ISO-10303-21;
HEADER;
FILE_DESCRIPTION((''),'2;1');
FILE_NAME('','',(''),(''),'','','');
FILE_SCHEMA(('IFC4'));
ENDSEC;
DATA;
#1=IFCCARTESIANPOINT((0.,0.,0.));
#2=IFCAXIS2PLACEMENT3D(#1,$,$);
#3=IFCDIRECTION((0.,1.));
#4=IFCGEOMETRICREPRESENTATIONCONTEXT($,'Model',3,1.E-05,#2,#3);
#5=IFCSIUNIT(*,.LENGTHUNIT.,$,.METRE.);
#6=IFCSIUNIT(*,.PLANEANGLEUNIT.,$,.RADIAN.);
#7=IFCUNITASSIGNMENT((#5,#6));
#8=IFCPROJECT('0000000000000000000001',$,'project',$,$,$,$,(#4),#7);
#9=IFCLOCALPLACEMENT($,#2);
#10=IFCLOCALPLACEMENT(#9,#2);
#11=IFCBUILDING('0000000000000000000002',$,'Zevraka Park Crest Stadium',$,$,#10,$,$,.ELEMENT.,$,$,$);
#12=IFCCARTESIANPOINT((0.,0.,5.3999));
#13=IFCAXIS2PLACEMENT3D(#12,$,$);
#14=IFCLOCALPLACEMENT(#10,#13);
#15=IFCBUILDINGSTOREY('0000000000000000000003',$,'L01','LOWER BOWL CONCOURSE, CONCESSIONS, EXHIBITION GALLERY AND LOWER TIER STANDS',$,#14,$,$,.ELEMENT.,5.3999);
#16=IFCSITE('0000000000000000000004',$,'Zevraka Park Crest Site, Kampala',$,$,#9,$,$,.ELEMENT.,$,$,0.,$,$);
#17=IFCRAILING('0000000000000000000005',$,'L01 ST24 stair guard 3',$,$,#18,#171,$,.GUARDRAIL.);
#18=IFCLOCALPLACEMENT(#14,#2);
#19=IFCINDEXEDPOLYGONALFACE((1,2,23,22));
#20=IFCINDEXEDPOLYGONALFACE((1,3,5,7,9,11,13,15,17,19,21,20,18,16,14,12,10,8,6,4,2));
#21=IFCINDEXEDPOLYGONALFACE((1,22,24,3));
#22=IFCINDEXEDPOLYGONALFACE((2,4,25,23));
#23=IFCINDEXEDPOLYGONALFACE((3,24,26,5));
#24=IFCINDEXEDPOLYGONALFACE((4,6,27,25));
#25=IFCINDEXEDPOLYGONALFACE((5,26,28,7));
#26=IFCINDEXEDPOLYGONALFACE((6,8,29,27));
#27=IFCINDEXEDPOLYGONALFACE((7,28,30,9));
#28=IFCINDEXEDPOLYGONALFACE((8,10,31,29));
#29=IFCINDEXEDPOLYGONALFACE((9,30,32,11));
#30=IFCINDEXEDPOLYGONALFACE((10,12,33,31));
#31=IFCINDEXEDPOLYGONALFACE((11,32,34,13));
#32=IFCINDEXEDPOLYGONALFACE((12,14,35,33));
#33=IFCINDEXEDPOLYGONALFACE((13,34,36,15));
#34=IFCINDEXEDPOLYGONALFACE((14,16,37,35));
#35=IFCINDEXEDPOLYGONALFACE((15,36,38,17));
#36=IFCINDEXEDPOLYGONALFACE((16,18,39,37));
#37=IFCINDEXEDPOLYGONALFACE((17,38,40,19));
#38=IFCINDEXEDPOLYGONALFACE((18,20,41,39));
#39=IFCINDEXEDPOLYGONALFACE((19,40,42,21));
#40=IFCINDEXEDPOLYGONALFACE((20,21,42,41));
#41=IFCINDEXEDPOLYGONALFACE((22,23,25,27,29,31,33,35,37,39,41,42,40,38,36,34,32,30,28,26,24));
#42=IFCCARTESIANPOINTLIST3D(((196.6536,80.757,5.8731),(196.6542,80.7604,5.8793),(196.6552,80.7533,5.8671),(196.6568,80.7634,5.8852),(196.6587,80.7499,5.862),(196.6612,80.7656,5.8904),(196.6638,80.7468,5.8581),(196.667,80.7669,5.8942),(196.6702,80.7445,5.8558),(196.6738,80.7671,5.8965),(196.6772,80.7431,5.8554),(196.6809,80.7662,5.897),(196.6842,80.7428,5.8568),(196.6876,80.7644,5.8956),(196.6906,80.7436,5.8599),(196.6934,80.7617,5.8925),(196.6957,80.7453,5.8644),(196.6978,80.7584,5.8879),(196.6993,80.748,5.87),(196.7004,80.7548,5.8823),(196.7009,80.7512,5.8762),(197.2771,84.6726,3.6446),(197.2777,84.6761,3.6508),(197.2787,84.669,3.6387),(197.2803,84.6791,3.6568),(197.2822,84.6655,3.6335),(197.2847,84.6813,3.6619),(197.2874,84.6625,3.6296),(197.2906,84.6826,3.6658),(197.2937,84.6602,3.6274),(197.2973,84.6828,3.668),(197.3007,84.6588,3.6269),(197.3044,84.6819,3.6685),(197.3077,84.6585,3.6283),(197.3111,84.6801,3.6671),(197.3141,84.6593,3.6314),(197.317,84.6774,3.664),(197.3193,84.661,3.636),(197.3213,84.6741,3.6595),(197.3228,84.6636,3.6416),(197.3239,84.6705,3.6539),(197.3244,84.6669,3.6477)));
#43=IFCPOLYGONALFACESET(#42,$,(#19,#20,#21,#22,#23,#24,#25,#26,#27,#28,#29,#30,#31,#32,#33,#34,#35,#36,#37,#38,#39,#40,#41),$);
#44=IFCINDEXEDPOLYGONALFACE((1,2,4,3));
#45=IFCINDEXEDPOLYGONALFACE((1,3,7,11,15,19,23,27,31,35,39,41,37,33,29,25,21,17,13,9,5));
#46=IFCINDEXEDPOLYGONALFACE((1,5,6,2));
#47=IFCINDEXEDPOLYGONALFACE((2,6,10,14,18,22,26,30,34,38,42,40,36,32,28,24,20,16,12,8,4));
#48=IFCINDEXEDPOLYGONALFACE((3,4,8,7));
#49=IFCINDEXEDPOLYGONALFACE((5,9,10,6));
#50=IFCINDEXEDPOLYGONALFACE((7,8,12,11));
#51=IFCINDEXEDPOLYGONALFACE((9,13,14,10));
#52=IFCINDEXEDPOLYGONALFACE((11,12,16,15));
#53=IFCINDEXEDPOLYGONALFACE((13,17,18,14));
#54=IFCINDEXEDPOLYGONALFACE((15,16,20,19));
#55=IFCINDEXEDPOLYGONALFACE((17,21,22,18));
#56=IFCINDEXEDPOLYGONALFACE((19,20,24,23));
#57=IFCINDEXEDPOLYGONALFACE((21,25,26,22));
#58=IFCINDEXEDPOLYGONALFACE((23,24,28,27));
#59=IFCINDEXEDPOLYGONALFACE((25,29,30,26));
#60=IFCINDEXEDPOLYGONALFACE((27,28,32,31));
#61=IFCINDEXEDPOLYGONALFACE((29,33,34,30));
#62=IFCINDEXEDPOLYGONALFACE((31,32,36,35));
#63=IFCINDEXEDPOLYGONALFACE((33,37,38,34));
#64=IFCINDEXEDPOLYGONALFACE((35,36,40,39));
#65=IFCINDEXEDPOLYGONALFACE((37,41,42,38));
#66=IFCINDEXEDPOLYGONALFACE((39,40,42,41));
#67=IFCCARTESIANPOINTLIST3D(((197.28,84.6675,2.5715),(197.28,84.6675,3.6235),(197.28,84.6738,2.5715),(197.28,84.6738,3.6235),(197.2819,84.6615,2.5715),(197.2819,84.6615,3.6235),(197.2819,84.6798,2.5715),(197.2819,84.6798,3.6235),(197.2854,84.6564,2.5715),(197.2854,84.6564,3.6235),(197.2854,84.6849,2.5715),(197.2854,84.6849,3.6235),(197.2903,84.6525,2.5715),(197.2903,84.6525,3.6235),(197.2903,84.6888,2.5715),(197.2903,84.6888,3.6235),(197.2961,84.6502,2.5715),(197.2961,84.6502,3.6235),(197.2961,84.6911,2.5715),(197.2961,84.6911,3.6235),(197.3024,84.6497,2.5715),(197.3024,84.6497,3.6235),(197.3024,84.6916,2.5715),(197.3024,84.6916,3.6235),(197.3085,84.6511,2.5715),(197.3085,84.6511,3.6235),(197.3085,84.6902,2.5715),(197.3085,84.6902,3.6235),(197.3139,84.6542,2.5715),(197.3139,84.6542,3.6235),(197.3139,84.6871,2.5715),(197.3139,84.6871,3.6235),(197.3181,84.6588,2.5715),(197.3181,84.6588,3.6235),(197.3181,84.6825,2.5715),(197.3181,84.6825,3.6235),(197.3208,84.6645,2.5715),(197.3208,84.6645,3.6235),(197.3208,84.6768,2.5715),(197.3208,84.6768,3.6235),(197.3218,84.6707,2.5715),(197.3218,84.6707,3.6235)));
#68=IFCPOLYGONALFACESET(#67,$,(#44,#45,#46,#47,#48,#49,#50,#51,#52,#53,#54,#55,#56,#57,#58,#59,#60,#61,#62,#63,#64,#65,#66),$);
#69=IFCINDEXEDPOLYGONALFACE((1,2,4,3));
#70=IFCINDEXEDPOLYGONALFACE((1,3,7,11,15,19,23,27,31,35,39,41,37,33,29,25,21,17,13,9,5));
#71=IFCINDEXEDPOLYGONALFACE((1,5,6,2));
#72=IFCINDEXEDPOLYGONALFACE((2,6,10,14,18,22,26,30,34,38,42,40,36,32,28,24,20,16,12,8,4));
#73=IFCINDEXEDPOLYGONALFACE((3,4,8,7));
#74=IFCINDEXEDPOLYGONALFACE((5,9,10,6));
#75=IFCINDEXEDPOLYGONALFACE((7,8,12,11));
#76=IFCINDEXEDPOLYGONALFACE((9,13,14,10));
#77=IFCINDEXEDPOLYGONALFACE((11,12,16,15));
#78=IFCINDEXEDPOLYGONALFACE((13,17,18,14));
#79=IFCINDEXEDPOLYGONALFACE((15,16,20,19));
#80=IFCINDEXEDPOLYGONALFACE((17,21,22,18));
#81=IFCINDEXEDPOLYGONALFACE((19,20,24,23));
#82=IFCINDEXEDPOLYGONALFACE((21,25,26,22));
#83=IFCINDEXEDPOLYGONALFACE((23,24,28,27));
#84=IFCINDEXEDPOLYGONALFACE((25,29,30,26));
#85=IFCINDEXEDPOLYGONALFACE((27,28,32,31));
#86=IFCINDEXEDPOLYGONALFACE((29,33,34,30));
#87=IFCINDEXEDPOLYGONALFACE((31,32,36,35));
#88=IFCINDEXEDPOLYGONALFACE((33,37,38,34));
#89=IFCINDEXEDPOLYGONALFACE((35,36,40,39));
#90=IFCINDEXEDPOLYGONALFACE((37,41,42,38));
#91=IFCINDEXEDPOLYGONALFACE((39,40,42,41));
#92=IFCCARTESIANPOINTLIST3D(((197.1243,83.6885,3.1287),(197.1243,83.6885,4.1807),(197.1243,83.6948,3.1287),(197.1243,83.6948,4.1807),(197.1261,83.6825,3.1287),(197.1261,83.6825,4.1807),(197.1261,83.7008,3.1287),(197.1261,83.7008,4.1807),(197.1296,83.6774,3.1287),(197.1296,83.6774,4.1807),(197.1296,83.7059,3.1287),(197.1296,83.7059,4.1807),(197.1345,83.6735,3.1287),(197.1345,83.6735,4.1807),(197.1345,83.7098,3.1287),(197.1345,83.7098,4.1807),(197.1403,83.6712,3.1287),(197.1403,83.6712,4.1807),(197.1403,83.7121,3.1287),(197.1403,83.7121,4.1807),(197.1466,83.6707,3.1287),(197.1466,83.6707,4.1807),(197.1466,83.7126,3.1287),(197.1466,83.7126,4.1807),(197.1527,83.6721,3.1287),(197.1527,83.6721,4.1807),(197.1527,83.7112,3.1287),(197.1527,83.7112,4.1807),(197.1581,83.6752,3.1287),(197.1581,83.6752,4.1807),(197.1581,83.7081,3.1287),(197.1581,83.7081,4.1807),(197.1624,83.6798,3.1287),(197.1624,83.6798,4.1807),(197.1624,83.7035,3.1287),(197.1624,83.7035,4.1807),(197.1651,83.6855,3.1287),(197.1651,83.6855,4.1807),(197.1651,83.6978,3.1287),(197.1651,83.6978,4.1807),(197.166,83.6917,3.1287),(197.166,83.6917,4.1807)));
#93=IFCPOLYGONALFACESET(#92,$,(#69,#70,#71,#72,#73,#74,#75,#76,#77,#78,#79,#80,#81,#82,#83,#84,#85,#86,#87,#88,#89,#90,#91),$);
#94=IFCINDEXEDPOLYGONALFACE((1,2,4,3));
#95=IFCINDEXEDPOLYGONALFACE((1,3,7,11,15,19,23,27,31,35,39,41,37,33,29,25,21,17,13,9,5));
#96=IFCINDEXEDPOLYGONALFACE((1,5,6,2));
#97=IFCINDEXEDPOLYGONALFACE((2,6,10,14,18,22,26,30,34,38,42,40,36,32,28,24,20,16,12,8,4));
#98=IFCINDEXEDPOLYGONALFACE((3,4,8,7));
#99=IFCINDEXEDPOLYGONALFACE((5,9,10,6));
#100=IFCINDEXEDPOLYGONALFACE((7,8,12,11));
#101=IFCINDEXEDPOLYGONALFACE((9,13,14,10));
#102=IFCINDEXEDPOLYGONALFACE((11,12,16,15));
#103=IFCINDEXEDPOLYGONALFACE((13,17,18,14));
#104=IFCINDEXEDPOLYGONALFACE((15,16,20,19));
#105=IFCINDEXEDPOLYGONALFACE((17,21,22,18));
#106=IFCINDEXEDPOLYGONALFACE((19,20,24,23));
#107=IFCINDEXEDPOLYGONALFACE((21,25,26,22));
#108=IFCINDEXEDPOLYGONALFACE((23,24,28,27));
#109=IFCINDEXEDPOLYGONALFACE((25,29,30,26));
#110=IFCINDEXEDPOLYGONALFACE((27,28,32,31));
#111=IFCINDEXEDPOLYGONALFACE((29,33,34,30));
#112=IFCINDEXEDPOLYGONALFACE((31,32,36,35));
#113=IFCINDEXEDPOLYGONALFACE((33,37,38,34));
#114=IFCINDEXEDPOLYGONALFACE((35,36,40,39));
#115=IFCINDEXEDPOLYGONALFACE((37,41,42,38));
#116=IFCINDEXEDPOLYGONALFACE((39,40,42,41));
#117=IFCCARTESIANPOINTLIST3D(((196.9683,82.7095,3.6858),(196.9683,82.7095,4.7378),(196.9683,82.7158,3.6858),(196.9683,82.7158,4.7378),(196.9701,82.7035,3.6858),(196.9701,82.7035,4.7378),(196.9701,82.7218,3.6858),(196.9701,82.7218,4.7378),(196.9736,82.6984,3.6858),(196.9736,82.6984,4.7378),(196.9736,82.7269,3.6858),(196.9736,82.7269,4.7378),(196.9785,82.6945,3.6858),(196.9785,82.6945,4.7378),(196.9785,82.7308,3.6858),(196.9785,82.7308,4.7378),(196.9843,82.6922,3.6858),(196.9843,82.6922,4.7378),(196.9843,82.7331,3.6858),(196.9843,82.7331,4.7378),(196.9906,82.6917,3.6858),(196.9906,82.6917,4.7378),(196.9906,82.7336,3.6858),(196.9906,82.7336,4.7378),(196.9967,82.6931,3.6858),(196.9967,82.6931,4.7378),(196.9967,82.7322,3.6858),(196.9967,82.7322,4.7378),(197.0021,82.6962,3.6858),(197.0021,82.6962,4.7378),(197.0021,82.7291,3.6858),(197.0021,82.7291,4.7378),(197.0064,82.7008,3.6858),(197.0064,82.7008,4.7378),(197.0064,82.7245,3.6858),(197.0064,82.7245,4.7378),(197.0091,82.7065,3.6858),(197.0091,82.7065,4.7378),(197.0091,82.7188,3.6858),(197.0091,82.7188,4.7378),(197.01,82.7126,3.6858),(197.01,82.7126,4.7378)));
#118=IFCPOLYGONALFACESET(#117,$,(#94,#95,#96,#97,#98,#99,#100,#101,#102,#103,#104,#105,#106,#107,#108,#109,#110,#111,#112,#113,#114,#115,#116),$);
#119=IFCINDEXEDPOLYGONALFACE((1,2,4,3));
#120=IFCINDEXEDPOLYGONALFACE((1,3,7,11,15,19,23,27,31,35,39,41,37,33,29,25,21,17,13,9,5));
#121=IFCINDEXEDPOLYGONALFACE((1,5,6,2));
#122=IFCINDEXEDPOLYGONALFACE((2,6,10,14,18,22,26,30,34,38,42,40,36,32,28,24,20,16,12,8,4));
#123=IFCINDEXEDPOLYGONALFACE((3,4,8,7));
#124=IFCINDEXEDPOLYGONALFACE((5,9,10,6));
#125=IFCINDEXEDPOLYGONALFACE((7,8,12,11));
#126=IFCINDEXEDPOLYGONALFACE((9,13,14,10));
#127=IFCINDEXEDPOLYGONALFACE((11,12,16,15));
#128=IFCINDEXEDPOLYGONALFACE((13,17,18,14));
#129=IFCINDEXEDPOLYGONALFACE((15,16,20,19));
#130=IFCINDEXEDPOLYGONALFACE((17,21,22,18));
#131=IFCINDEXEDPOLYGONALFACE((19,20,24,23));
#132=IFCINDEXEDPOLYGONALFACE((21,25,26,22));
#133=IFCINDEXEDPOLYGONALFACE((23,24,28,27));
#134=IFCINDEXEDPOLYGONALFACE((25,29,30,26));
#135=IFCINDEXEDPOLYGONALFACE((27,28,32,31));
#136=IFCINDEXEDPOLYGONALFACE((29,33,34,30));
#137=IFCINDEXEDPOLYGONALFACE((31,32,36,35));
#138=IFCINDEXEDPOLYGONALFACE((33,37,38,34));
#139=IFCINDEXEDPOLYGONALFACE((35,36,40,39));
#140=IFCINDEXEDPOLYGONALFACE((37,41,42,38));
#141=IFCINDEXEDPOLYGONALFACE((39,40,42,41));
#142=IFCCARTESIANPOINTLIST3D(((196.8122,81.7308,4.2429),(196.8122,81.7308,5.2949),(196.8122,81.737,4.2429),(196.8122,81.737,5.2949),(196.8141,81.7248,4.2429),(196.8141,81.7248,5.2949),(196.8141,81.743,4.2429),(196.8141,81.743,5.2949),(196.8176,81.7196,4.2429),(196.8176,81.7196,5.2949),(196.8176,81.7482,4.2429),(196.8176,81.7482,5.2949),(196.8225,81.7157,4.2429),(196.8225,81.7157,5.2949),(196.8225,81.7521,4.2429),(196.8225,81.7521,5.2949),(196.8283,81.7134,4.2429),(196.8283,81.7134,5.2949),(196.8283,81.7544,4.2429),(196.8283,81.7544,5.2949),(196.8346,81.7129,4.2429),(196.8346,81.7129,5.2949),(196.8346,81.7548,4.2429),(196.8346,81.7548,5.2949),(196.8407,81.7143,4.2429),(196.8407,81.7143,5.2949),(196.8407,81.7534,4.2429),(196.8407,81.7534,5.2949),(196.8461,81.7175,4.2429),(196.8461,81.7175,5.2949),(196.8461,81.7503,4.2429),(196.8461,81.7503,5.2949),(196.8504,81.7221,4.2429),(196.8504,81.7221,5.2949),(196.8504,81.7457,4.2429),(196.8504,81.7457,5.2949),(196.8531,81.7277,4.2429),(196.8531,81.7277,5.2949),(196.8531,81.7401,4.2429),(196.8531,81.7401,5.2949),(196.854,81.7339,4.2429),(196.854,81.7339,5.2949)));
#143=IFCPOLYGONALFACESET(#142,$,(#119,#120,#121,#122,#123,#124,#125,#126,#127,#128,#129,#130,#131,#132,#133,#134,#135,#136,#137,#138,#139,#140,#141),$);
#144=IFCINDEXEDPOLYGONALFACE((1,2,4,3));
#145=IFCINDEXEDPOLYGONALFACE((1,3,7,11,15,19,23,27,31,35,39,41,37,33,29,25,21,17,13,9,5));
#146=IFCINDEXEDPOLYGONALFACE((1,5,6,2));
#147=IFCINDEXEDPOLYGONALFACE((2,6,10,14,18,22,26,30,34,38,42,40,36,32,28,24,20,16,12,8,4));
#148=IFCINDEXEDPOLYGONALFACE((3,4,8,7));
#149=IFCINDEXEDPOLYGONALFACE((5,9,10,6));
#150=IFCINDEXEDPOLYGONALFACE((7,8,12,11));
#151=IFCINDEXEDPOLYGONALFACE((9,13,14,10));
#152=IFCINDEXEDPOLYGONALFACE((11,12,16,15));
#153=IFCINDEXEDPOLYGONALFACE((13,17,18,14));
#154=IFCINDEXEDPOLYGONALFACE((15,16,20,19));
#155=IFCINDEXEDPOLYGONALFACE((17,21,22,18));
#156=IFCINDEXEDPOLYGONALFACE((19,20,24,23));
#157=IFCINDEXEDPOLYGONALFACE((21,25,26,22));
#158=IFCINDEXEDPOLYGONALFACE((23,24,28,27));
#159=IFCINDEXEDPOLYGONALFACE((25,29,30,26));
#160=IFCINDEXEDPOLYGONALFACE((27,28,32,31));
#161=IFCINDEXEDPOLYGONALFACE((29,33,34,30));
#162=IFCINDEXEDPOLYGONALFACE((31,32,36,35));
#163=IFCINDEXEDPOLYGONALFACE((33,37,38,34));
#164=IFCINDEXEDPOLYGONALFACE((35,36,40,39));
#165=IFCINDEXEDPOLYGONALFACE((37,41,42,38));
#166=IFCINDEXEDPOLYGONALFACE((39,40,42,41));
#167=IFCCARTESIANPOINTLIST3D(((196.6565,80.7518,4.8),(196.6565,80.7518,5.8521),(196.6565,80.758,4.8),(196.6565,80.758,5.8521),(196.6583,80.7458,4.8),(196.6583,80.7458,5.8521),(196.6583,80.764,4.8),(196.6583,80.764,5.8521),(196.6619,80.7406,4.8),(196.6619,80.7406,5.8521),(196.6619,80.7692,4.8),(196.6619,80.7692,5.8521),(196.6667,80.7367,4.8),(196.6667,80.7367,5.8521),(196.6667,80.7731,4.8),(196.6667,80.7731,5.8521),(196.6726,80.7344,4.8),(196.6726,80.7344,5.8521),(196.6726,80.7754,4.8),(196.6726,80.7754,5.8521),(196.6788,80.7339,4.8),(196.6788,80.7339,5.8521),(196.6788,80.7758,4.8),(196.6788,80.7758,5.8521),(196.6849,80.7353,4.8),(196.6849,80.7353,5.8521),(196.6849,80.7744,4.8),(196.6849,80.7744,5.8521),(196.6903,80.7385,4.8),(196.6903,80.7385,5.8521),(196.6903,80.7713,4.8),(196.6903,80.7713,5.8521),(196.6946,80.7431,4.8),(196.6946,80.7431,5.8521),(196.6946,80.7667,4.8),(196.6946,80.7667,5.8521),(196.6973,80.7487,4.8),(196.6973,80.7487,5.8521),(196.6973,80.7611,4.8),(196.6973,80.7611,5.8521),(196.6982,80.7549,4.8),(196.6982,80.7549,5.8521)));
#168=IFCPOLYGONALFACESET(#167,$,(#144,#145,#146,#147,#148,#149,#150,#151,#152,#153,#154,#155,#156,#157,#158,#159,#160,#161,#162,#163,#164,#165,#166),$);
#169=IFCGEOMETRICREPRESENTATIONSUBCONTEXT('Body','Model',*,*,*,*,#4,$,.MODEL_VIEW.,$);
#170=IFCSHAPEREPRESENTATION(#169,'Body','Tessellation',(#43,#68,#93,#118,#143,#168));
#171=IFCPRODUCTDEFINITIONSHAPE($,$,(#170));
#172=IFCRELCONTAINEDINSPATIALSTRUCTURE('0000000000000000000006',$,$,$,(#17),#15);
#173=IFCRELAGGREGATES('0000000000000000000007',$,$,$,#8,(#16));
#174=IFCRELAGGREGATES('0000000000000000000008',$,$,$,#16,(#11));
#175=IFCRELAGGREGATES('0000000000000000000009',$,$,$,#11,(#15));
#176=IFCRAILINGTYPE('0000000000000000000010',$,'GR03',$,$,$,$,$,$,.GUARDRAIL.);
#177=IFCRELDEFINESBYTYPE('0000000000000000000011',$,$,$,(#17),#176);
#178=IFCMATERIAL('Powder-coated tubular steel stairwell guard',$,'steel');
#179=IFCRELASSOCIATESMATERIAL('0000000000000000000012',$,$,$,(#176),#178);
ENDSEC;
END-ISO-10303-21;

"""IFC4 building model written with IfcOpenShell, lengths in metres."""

from ifc_helpers import new_model, si_unit, direction, frame, origin, origin_2d, place, context, subcontext, project, spatial, circle, extrude, material, type_object, element, save


model = new_model("IFC4")

# Units and contexts
model_context = context("Model", 3, precision=1e-05, world=origin(), true_north=direction((0.0, 1.0)))
body_context = subcontext(model_context, "Body", "Model", "MODEL_VIEW")
ifc_project = project(units=[si_unit("LENGTHUNIT", "METRE"), si_unit("PLANEANGLEUNIT", "RADIAN")], contexts=[model_context])

# Site, building, storey
site_placement = place(None, origin())
site = spatial("IfcSite", under=ifc_project, at=site_placement, Name="Zevraka Park Crest Site, Kampala", CompositionType="ELEMENT", RefElevation=0.0)
building_placement = place(site_placement, origin())
building = spatial("IfcBuilding", under=site, at=building_placement, Name="Zevraka Park Crest Stadium", CompositionType="ELEMENT")
storey_placement = place(building_placement, frame((0.0, 0.0, 5.3999)))
storey = spatial("IfcBuildingStorey", under=building, at=storey_placement, Name="L01", Description="LOWER BOWL CONCOURSE, CONCESSIONS, EXHIBITION GALLERY AND LOWER TIER STANDS", CompositionType="ELEMENT", Elevation=5.3999)

# Railing
ifc_material_1 = material(Name="Powder-coated tubular steel stairwell guard", Category="steel")
railing_type_1 = type_object("IfcRailingType", Name="GR03", PredefinedType="GUARDRAIL", material=ifc_material_1)
railing_1_placement = place(storey_placement, frame((197.3008, 84.6707, 2.5715)))
element("IfcRailing", 1, at=railing_1_placement, inside=storey, type_object=railing_type_1, Name="L01 ST24 stair guard 3", PredefinedType="GUARDRAIL", context=body_context, shape_type="SweptSolid", body=[
    extrude(circle(Radius=0.0239, at=origin_2d()), frame((0.0, 0.0, 1.0762), z_axis=(-0.137088, -0.860903, 0.489951), x_axis=(0.987558, -0.157256, 0.0)), (0.0, 0.0, 1.0), 4.5483),
    extrude(circle(Radius=0.021, at=origin_2d()), origin(), (0.0, 0.0, 1.0), 1.052),
    extrude(circle(Radius=0.021, at=origin_2d()), frame((-0.1558, -0.979, 0.5571)), (0.0, 0.0, 1.0), 1.052),
    extrude(circle(Radius=0.021, at=origin_2d()), frame((-0.3118, -1.958, 1.1143)), (0.0, 0.0, 1.0), 1.052),
    extrude(circle(Radius=0.021, at=origin_2d()), frame((-0.4678, -2.9368, 1.6714)), (0.0, 0.0, 1.0), 1.052),
    extrude(circle(Radius=0.021, at=origin_2d()), frame((-0.6235, -3.9158, 2.2285)), (0.0, 0.0, 1.0), 1.052),
])

save(model, "model.ifc")
